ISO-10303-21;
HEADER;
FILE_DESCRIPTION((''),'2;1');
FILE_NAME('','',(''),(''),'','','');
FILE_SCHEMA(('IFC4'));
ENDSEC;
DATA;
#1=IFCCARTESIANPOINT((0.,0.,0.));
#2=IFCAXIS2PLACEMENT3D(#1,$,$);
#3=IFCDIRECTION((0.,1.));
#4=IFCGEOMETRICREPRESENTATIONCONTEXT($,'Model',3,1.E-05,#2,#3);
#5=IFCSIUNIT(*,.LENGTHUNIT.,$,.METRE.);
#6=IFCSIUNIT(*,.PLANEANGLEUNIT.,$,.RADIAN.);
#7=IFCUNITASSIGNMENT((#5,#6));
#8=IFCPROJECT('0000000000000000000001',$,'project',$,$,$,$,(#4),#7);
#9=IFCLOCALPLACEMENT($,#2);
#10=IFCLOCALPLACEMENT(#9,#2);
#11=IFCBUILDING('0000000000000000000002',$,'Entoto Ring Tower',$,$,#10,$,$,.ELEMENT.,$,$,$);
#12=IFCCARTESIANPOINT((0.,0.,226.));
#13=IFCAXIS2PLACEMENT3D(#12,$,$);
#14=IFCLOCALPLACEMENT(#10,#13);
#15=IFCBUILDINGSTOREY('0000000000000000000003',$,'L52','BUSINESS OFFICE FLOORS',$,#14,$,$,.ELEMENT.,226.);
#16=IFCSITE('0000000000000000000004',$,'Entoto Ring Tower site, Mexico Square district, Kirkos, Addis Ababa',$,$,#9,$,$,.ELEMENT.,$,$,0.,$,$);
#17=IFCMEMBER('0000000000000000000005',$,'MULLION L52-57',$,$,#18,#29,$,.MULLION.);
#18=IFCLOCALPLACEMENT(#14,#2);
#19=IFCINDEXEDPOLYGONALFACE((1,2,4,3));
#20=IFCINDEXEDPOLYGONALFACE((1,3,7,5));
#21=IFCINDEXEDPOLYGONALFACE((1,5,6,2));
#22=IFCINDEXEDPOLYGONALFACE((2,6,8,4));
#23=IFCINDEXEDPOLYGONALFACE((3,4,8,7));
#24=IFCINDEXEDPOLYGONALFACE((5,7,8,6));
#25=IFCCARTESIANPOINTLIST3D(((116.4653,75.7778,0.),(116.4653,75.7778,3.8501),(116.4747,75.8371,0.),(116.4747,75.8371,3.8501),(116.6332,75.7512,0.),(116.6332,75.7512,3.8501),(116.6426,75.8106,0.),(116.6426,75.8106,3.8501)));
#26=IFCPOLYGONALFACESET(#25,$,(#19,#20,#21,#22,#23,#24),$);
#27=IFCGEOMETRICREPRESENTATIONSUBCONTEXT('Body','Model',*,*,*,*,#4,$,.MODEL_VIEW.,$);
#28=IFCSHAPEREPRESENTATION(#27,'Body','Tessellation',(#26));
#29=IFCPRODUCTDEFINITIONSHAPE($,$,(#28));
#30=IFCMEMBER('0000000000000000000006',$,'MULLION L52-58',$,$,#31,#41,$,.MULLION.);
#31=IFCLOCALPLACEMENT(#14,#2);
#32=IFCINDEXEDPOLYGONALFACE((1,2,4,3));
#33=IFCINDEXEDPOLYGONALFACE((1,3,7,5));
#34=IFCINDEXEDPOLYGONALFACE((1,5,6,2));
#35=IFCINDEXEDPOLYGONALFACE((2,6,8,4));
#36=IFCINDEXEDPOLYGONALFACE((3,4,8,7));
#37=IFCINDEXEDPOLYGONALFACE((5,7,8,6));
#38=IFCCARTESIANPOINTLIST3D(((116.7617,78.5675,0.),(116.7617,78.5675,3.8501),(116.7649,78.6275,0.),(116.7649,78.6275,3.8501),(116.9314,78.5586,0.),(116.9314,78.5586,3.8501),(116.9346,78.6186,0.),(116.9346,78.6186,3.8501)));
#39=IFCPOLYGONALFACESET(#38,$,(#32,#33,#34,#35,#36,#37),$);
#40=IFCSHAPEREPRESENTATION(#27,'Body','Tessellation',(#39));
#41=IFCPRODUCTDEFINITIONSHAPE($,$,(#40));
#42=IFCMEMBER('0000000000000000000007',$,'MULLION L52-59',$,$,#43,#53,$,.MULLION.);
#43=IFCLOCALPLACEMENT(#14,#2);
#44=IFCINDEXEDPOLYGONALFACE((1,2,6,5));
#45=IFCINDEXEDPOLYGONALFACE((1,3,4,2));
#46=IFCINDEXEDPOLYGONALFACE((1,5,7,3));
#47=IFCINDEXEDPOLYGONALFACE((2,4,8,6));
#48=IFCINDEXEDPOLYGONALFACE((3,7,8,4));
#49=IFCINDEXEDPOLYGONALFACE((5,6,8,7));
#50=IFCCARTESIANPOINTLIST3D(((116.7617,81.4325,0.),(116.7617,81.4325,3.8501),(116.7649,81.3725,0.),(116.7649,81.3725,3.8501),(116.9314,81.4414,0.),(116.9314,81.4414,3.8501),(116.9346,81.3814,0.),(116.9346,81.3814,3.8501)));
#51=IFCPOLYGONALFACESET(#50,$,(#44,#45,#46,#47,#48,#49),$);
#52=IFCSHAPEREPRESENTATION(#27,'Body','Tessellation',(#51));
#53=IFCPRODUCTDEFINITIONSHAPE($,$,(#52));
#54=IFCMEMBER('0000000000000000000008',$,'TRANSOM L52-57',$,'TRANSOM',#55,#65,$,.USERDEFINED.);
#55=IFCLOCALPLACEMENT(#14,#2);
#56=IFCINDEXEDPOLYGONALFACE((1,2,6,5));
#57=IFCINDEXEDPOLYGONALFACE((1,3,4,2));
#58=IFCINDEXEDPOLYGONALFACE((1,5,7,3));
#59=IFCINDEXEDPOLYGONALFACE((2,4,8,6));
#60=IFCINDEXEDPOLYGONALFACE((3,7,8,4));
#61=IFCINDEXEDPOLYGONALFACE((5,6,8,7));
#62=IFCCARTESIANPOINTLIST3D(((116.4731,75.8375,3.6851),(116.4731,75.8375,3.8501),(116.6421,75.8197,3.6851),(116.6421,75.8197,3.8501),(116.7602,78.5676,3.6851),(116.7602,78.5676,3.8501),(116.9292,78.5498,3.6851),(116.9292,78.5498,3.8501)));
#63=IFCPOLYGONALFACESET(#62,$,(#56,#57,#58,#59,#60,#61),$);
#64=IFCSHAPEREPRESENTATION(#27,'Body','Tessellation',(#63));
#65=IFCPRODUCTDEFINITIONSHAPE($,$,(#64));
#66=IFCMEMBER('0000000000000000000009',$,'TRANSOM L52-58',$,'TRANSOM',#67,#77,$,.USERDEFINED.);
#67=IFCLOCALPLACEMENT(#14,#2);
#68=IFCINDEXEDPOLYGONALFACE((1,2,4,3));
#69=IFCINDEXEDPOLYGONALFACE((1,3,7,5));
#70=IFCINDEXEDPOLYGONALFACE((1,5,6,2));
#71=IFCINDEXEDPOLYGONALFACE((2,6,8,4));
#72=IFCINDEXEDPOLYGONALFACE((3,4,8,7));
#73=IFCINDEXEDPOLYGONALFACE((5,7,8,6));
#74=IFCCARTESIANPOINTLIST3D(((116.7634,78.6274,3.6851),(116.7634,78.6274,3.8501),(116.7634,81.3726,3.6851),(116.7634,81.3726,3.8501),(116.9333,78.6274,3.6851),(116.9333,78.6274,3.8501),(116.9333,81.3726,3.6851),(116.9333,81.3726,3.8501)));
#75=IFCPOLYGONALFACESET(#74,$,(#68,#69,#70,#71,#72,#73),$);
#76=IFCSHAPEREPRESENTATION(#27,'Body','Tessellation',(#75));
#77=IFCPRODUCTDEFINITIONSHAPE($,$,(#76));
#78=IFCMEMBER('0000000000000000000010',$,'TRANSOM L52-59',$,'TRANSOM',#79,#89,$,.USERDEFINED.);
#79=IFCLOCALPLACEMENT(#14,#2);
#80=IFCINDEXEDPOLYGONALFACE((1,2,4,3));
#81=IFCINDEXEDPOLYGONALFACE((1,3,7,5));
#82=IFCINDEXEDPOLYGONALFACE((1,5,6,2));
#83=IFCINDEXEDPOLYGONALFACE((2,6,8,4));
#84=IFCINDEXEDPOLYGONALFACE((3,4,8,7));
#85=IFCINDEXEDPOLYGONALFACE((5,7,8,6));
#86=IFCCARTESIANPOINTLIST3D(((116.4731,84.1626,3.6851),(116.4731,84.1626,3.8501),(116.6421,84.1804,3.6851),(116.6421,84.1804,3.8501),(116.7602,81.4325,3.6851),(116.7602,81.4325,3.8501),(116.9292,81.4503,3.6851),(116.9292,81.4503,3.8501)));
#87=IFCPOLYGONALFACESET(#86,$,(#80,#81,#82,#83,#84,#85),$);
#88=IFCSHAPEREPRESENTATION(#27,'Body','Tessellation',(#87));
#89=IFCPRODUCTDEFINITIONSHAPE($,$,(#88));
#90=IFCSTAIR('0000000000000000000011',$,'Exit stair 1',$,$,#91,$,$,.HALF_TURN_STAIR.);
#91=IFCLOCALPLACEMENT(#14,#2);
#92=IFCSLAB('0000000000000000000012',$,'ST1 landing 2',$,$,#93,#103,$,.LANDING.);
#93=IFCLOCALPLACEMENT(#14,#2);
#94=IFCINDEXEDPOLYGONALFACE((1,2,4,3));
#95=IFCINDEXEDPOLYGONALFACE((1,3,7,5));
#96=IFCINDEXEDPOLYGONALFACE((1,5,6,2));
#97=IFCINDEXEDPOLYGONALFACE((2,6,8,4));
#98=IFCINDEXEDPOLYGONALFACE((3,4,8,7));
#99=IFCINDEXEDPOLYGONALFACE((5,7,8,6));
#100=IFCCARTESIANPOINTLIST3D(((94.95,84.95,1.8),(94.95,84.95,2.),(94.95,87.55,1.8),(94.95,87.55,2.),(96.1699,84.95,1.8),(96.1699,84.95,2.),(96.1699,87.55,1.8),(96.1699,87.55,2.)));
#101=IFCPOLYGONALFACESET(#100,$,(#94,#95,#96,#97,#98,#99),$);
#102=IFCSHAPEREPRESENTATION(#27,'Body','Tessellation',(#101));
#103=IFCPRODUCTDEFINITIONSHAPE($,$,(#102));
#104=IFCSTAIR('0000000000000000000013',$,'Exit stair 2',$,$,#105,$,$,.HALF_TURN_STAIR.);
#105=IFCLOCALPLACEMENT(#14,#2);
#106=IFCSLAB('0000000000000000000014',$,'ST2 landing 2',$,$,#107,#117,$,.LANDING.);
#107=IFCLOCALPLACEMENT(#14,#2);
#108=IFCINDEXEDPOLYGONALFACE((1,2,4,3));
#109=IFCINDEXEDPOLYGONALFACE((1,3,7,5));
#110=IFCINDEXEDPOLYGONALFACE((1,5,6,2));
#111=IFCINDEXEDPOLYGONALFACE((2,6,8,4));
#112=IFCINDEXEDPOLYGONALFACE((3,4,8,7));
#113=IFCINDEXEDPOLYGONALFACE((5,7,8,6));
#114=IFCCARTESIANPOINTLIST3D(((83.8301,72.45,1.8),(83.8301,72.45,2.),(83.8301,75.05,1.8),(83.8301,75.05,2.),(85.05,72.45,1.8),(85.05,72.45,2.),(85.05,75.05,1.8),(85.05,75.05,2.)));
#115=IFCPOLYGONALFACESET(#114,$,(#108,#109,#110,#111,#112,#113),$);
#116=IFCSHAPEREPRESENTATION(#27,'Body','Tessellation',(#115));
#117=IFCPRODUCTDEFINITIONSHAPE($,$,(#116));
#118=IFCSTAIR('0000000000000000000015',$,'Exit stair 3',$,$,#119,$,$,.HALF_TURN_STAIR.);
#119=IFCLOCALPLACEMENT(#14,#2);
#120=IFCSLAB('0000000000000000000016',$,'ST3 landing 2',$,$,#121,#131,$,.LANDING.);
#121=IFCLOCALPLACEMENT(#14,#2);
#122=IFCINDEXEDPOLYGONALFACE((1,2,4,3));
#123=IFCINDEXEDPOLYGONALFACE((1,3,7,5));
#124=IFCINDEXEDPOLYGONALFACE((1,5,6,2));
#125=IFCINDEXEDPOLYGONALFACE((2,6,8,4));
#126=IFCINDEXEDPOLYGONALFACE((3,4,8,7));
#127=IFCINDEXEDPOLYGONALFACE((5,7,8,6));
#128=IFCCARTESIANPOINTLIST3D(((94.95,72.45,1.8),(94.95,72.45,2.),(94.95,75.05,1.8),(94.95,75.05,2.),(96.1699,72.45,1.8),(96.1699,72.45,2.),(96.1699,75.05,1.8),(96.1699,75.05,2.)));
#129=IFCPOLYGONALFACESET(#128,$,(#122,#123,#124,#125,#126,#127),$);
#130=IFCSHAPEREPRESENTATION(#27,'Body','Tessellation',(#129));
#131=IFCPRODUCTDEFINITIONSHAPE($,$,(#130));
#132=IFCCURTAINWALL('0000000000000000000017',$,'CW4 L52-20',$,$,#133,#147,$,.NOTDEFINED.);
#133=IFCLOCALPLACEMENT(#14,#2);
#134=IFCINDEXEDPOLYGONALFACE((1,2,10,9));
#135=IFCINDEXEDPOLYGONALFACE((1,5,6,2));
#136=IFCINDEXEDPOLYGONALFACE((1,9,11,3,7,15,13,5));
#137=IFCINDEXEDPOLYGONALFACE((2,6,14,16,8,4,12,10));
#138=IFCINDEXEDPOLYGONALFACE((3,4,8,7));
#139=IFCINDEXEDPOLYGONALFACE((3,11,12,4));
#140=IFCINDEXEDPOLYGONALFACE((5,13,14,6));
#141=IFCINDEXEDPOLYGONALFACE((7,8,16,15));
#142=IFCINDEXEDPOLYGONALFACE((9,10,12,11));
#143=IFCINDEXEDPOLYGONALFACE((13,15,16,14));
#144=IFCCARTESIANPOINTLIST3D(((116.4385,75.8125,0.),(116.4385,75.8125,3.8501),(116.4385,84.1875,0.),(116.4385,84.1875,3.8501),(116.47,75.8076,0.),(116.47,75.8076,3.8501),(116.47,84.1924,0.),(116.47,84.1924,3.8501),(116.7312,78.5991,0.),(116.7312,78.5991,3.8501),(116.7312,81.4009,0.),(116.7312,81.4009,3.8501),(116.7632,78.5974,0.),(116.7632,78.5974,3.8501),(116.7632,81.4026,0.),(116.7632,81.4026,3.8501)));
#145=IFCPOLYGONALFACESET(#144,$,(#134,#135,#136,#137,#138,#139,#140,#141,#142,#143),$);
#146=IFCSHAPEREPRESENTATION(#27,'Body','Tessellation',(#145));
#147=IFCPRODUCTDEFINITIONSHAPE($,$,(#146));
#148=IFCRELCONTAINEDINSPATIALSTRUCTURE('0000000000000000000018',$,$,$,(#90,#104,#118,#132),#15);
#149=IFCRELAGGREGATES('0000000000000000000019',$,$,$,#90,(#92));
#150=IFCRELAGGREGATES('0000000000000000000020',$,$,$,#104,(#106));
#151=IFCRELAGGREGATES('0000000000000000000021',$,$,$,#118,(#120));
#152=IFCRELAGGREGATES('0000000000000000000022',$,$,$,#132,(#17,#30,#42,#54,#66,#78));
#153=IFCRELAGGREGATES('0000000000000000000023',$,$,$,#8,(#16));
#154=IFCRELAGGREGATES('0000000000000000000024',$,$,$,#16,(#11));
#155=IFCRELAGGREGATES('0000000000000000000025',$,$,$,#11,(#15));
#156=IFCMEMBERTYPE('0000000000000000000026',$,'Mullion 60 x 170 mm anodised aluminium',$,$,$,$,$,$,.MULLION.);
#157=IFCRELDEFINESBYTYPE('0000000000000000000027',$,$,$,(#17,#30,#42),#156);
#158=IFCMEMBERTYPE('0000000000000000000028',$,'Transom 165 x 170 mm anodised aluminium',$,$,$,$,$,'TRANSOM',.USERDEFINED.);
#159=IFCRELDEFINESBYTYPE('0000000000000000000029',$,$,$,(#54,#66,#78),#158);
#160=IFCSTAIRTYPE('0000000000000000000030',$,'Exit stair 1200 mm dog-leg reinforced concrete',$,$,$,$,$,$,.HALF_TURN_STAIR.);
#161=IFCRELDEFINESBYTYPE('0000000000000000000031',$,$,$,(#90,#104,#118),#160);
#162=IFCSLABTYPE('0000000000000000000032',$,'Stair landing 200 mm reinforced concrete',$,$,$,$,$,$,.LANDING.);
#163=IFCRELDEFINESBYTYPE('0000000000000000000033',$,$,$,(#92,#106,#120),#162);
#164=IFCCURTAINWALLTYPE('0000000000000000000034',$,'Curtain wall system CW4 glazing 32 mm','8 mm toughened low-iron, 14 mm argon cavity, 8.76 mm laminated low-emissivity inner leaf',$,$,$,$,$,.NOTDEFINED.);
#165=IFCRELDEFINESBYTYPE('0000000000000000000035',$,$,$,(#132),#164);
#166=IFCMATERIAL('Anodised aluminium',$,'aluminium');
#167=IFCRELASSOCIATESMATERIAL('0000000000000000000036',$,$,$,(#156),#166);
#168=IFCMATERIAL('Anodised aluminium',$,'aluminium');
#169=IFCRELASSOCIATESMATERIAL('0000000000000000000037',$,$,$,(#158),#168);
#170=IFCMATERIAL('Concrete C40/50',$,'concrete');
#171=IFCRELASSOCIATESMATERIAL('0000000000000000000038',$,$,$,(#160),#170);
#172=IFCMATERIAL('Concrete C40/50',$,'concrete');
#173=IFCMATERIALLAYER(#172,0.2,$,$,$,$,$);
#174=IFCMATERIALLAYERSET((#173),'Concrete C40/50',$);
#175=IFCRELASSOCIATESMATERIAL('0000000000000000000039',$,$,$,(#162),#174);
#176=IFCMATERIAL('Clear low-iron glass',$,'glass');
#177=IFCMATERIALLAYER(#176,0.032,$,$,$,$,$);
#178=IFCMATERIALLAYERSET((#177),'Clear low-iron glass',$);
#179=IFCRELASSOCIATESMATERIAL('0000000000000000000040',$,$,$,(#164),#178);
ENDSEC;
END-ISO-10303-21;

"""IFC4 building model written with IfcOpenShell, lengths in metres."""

from ifc_helpers import new_model, si_unit, direction, frame, origin, origin_2d, place, context, subcontext, project, spatial, polyline, rectangle, outline, extrude, material, layer, layer_set, material_profile, profile_set, type_object, element, aggregate, save


model = new_model("IFC4")

# Units and contexts
model_context = context("Model", 3, precision=1e-05, world=origin(), true_north=direction((0.0, 1.0)))
body_context = subcontext(model_context, "Body", "Model", "MODEL_VIEW")
ifc_project = project(units=[si_unit("LENGTHUNIT", "METRE"), si_unit("PLANEANGLEUNIT", "RADIAN")], contexts=[model_context])

# Members
ifc_material_1 = material(Name="Anodised aluminium", Category="aluminium")
ifc_material_profile_1 = material_profile(ifc_material_1, rectangle(XDim=0.0601, YDim=0.1699, at=origin_2d()), Name="Mullion 60 x 170 mm anodised aluminium")
ifc_profile_set_1 = profile_set([ifc_material_profile_1], Name="Anodised aluminium")
member_type_1 = type_object("IfcMemberType", Name="Mullion 60 x 170 mm anodised aluminium", PredefinedType="MULLION", material=ifc_profile_set_1)
site_placement = place(None, origin())
building_placement = place(site_placement, origin())
storey_placement = place(building_placement, frame((0.0, 0.0, 226.0)))
member_1_placement = place(storey_placement, frame((116.554, 75.7942, 0.0), z_axis=(0.0, 0.0, 1.0), x_axis=(0.156434, 0.987688, 0.0)))
member_1 = element("IfcMember", 1, at=member_1_placement, type_object=member_type_1, Name="MULLION L52-57", PredefinedType="MULLION", context=body_context, shape_type="SweptSolid", body=[
    extrude(rectangle(XDim=0.0601, YDim=0.1699, at=origin_2d()), origin(), (0.0, 0.0, 1.0), 3.8501),
])
member_2_placement = place(storey_placement, frame((116.8481, 78.593, 0.0), z_axis=(0.0, 0.0, 1.0), x_axis=(0.052336, 0.99863, 0.0)))
member_2 = element("IfcMember", 2, at=member_2_placement, type_object=member_type_1, Name="MULLION L52-58", PredefinedType="MULLION", context=body_context, shape_type="SweptSolid", body=[
    extrude(rectangle(XDim=0.0601, YDim=0.1699, at=origin_2d()), origin(), (0.0, 0.0, 1.0), 3.8501),
])
member_3_placement = place(storey_placement, frame((116.8481, 81.407, 0.0), z_axis=(0.0, 0.0, 1.0), x_axis=(-0.052336, 0.99863, 0.0)))
member_3 = element("IfcMember", 3, at=member_3_placement, type_object=member_type_1, Name="MULLION L52-59", PredefinedType="MULLION", context=body_context, shape_type="SweptSolid", body=[
    extrude(rectangle(XDim=0.0601, YDim=0.1699, at=origin_2d()), origin(), (0.0, 0.0, 1.0), 3.8501),
])
ifc_material_2 = material(Name="Anodised aluminium", Category="aluminium")
ifc_material_profile_2 = material_profile(ifc_material_2, rectangle(XDim=0.1699, YDim=0.165, at=origin_2d()), Name="Transom 165 x 170 mm anodised aluminium")
ifc_profile_set_2 = profile_set([ifc_material_profile_2], Name="Anodised aluminium")
member_type_2 = type_object("IfcMemberType", Name="Transom 165 x 170 mm anodised aluminium", ElementType="TRANSOM", PredefinedType="USERDEFINED", material=ifc_profile_set_2)
member_4_placement = place(storey_placement, frame((116.5576, 75.8286, 3.7676), z_axis=(0.104592, 0.994515, 0.0), x_axis=(-0.994515, 0.104592, 0.0)))
member_4 = element("IfcMember", 4, at=member_4_placement, type_object=member_type_2, Name="TRANSOM L52-57", ObjectType="TRANSOM", PredefinedType="USERDEFINED", context=body_context, shape_type="SweptSolid", body=[
    extrude(rectangle(XDim=0.1699, YDim=0.165, at=origin_2d()), origin(), (0.0, 0.0, 1.0), 2.7451),
])
member_5_placement = place(storey_placement, frame((116.8484, 78.6274, 3.7676), z_axis=(0.0, 1.0, 0.0), x_axis=(-1.0, 0.0, 0.0)))
member_5 = element("IfcMember", 5, at=member_5_placement, type_object=member_type_2, Name="TRANSOM L52-58", ObjectType="TRANSOM", PredefinedType="USERDEFINED", context=body_context, shape_type="SweptSolid", body=[
    extrude(rectangle(XDim=0.1699, YDim=0.165, at=origin_2d()), origin(), (0.0, 0.0, 1.0), 2.7451),
])
member_6_placement = place(storey_placement, frame((116.8447, 81.4414, 3.7676), z_axis=(-0.104592, 0.994515, 0.0), x_axis=(-0.994515, -0.104592, 0.0)))
member_6 = element("IfcMember", 6, at=member_6_placement, type_object=member_type_2, Name="TRANSOM L52-59", ObjectType="TRANSOM", PredefinedType="USERDEFINED", context=body_context, shape_type="SweptSolid", body=[
    extrude(rectangle(XDim=0.1699, YDim=0.165, at=origin_2d()), origin(), (0.0, 0.0, 1.0), 2.7451),
])

# Site, building, storey
site = spatial("IfcSite", under=ifc_project, at=site_placement, Name="Entoto Ring Tower site, Mexico Square district, Kirkos, Addis Ababa", CompositionType="ELEMENT", RefElevation=0.0)
building = spatial("IfcBuilding", under=site, at=building_placement, Name="Entoto Ring Tower", CompositionType="ELEMENT")
storey = spatial("IfcBuildingStorey", under=building, at=storey_placement, Name="L52", Description="BUSINESS OFFICE FLOORS", CompositionType="ELEMENT", Elevation=226.0)

# Stairs, slabs
ifc_material_3 = material(Name="Concrete C40/50", Category="concrete")
stair_type = type_object("IfcStairType", Name="Exit stair 1200 mm dog-leg reinforced concrete", PredefinedType="HALF_TURN_STAIR", material=ifc_material_3)
stair_1_placement = place(storey_placement, origin())
stair_1 = element("IfcStair", 7, at=stair_1_placement, inside=storey, type_object=stair_type, Name="Exit stair 1", PredefinedType="HALF_TURN_STAIR")
ifc_material_4 = material(Name="Concrete C40/50", Category="concrete")
ifc_layer_1 = layer(ifc_material_4, 0.2)
ifc_layer_set_1 = layer_set([ifc_layer_1], Name="Concrete C40/50")
slab_type = type_object("IfcSlabType", Name="Stair landing 200 mm reinforced concrete", PredefinedType="LANDING", material=ifc_layer_set_1)
slab_1_placement = place(storey_placement, frame((0.0, 0.0, 1.8)))
slab_1 = element("IfcSlab", 8, at=slab_1_placement, type_object=slab_type, Name="ST1 landing 2", PredefinedType="LANDING", context=body_context, shape_type="SweptSolid", body=[
    extrude(outline(polyline([(94.95, 84.95), (96.1699, 84.95), (96.1699, 87.55), (94.95, 87.55), (94.95, 84.95)])), origin(), (0.0, 0.0, 1.0), 0.2),
])
aggregate(stair_1, [slab_1])
stair_2_placement = place(storey_placement, origin())
stair_2 = element("IfcStair", 9, at=stair_2_placement, inside=storey, type_object=stair_type, Name="Exit stair 2", PredefinedType="HALF_TURN_STAIR")
slab_2_placement = place(storey_placement, frame((0.0, 0.0, 1.8)))
slab_2 = element("IfcSlab", 10, at=slab_2_placement, type_object=slab_type, Name="ST2 landing 2", PredefinedType="LANDING", context=body_context, shape_type="SweptSolid", body=[
    extrude(outline(polyline([(83.8301, 72.45), (85.05, 72.45), (85.05, 75.05), (83.8301, 75.05), (83.8301, 72.45)])), origin(), (0.0, 0.0, 1.0), 0.2),
])
aggregate(stair_2, [slab_2])
stair_3_placement = place(storey_placement, origin())
stair_3 = element("IfcStair", 11, at=stair_3_placement, inside=storey, type_object=stair_type, Name="Exit stair 3", PredefinedType="HALF_TURN_STAIR")
slab_3_placement = place(storey_placement, frame((0.0, 0.0, 1.8)))
slab_3 = element("IfcSlab", 12, at=slab_3_placement, type_object=slab_type, Name="ST3 landing 2", PredefinedType="LANDING", context=body_context, shape_type="SweptSolid", body=[
    extrude(outline(polyline([(94.95, 72.45), (96.1699, 72.45), (96.1699, 75.05), (94.95, 75.05), (94.95, 72.45)])), origin(), (0.0, 0.0, 1.0), 0.2),
])
aggregate(stair_3, [slab_3])

# Curtain wall
ifc_material_5 = material(Name="Clear low-iron glass", Category="glass")
ifc_layer_2 = layer(ifc_material_5, 0.032)
ifc_layer_set_2 = layer_set([ifc_layer_2], Name="Clear low-iron glass")
curtain_wall_type = type_object("IfcCurtainWallType", Name="Curtain wall system CW4 glazing 32 mm", Description="8 mm toughened low-iron, 14 mm argon cavity, 8.76 mm laminated low-emissivity inner leaf", PredefinedType="NOTDEFINED", material=ifc_layer_set_2)
curtain_wall_1_placement = place(storey_placement, origin())
curtain_wall_1 = element("IfcCurtainWall", 13, at=curtain_wall_1_placement, inside=storey, type_object=curtain_wall_type, Name="CW4 L52-20", PredefinedType="NOTDEFINED", context=body_context, shape_type="SweptSolid", body=[
    extrude(outline(polyline([(116.47, 75.8076), (116.7632, 78.5974), (116.7632, 81.4026), (116.47, 84.1924), (116.4385, 84.1875), (116.7312, 81.4009), (116.7312, 78.5991), (116.4385, 75.8125), (116.47, 75.8076)])), origin(), (0.0, 0.0, 1.0), 3.8501),
])
aggregate(curtain_wall_1, [member_1, member_2, member_3, member_4, member_5, member_6])

save(model, "model.ifc")
